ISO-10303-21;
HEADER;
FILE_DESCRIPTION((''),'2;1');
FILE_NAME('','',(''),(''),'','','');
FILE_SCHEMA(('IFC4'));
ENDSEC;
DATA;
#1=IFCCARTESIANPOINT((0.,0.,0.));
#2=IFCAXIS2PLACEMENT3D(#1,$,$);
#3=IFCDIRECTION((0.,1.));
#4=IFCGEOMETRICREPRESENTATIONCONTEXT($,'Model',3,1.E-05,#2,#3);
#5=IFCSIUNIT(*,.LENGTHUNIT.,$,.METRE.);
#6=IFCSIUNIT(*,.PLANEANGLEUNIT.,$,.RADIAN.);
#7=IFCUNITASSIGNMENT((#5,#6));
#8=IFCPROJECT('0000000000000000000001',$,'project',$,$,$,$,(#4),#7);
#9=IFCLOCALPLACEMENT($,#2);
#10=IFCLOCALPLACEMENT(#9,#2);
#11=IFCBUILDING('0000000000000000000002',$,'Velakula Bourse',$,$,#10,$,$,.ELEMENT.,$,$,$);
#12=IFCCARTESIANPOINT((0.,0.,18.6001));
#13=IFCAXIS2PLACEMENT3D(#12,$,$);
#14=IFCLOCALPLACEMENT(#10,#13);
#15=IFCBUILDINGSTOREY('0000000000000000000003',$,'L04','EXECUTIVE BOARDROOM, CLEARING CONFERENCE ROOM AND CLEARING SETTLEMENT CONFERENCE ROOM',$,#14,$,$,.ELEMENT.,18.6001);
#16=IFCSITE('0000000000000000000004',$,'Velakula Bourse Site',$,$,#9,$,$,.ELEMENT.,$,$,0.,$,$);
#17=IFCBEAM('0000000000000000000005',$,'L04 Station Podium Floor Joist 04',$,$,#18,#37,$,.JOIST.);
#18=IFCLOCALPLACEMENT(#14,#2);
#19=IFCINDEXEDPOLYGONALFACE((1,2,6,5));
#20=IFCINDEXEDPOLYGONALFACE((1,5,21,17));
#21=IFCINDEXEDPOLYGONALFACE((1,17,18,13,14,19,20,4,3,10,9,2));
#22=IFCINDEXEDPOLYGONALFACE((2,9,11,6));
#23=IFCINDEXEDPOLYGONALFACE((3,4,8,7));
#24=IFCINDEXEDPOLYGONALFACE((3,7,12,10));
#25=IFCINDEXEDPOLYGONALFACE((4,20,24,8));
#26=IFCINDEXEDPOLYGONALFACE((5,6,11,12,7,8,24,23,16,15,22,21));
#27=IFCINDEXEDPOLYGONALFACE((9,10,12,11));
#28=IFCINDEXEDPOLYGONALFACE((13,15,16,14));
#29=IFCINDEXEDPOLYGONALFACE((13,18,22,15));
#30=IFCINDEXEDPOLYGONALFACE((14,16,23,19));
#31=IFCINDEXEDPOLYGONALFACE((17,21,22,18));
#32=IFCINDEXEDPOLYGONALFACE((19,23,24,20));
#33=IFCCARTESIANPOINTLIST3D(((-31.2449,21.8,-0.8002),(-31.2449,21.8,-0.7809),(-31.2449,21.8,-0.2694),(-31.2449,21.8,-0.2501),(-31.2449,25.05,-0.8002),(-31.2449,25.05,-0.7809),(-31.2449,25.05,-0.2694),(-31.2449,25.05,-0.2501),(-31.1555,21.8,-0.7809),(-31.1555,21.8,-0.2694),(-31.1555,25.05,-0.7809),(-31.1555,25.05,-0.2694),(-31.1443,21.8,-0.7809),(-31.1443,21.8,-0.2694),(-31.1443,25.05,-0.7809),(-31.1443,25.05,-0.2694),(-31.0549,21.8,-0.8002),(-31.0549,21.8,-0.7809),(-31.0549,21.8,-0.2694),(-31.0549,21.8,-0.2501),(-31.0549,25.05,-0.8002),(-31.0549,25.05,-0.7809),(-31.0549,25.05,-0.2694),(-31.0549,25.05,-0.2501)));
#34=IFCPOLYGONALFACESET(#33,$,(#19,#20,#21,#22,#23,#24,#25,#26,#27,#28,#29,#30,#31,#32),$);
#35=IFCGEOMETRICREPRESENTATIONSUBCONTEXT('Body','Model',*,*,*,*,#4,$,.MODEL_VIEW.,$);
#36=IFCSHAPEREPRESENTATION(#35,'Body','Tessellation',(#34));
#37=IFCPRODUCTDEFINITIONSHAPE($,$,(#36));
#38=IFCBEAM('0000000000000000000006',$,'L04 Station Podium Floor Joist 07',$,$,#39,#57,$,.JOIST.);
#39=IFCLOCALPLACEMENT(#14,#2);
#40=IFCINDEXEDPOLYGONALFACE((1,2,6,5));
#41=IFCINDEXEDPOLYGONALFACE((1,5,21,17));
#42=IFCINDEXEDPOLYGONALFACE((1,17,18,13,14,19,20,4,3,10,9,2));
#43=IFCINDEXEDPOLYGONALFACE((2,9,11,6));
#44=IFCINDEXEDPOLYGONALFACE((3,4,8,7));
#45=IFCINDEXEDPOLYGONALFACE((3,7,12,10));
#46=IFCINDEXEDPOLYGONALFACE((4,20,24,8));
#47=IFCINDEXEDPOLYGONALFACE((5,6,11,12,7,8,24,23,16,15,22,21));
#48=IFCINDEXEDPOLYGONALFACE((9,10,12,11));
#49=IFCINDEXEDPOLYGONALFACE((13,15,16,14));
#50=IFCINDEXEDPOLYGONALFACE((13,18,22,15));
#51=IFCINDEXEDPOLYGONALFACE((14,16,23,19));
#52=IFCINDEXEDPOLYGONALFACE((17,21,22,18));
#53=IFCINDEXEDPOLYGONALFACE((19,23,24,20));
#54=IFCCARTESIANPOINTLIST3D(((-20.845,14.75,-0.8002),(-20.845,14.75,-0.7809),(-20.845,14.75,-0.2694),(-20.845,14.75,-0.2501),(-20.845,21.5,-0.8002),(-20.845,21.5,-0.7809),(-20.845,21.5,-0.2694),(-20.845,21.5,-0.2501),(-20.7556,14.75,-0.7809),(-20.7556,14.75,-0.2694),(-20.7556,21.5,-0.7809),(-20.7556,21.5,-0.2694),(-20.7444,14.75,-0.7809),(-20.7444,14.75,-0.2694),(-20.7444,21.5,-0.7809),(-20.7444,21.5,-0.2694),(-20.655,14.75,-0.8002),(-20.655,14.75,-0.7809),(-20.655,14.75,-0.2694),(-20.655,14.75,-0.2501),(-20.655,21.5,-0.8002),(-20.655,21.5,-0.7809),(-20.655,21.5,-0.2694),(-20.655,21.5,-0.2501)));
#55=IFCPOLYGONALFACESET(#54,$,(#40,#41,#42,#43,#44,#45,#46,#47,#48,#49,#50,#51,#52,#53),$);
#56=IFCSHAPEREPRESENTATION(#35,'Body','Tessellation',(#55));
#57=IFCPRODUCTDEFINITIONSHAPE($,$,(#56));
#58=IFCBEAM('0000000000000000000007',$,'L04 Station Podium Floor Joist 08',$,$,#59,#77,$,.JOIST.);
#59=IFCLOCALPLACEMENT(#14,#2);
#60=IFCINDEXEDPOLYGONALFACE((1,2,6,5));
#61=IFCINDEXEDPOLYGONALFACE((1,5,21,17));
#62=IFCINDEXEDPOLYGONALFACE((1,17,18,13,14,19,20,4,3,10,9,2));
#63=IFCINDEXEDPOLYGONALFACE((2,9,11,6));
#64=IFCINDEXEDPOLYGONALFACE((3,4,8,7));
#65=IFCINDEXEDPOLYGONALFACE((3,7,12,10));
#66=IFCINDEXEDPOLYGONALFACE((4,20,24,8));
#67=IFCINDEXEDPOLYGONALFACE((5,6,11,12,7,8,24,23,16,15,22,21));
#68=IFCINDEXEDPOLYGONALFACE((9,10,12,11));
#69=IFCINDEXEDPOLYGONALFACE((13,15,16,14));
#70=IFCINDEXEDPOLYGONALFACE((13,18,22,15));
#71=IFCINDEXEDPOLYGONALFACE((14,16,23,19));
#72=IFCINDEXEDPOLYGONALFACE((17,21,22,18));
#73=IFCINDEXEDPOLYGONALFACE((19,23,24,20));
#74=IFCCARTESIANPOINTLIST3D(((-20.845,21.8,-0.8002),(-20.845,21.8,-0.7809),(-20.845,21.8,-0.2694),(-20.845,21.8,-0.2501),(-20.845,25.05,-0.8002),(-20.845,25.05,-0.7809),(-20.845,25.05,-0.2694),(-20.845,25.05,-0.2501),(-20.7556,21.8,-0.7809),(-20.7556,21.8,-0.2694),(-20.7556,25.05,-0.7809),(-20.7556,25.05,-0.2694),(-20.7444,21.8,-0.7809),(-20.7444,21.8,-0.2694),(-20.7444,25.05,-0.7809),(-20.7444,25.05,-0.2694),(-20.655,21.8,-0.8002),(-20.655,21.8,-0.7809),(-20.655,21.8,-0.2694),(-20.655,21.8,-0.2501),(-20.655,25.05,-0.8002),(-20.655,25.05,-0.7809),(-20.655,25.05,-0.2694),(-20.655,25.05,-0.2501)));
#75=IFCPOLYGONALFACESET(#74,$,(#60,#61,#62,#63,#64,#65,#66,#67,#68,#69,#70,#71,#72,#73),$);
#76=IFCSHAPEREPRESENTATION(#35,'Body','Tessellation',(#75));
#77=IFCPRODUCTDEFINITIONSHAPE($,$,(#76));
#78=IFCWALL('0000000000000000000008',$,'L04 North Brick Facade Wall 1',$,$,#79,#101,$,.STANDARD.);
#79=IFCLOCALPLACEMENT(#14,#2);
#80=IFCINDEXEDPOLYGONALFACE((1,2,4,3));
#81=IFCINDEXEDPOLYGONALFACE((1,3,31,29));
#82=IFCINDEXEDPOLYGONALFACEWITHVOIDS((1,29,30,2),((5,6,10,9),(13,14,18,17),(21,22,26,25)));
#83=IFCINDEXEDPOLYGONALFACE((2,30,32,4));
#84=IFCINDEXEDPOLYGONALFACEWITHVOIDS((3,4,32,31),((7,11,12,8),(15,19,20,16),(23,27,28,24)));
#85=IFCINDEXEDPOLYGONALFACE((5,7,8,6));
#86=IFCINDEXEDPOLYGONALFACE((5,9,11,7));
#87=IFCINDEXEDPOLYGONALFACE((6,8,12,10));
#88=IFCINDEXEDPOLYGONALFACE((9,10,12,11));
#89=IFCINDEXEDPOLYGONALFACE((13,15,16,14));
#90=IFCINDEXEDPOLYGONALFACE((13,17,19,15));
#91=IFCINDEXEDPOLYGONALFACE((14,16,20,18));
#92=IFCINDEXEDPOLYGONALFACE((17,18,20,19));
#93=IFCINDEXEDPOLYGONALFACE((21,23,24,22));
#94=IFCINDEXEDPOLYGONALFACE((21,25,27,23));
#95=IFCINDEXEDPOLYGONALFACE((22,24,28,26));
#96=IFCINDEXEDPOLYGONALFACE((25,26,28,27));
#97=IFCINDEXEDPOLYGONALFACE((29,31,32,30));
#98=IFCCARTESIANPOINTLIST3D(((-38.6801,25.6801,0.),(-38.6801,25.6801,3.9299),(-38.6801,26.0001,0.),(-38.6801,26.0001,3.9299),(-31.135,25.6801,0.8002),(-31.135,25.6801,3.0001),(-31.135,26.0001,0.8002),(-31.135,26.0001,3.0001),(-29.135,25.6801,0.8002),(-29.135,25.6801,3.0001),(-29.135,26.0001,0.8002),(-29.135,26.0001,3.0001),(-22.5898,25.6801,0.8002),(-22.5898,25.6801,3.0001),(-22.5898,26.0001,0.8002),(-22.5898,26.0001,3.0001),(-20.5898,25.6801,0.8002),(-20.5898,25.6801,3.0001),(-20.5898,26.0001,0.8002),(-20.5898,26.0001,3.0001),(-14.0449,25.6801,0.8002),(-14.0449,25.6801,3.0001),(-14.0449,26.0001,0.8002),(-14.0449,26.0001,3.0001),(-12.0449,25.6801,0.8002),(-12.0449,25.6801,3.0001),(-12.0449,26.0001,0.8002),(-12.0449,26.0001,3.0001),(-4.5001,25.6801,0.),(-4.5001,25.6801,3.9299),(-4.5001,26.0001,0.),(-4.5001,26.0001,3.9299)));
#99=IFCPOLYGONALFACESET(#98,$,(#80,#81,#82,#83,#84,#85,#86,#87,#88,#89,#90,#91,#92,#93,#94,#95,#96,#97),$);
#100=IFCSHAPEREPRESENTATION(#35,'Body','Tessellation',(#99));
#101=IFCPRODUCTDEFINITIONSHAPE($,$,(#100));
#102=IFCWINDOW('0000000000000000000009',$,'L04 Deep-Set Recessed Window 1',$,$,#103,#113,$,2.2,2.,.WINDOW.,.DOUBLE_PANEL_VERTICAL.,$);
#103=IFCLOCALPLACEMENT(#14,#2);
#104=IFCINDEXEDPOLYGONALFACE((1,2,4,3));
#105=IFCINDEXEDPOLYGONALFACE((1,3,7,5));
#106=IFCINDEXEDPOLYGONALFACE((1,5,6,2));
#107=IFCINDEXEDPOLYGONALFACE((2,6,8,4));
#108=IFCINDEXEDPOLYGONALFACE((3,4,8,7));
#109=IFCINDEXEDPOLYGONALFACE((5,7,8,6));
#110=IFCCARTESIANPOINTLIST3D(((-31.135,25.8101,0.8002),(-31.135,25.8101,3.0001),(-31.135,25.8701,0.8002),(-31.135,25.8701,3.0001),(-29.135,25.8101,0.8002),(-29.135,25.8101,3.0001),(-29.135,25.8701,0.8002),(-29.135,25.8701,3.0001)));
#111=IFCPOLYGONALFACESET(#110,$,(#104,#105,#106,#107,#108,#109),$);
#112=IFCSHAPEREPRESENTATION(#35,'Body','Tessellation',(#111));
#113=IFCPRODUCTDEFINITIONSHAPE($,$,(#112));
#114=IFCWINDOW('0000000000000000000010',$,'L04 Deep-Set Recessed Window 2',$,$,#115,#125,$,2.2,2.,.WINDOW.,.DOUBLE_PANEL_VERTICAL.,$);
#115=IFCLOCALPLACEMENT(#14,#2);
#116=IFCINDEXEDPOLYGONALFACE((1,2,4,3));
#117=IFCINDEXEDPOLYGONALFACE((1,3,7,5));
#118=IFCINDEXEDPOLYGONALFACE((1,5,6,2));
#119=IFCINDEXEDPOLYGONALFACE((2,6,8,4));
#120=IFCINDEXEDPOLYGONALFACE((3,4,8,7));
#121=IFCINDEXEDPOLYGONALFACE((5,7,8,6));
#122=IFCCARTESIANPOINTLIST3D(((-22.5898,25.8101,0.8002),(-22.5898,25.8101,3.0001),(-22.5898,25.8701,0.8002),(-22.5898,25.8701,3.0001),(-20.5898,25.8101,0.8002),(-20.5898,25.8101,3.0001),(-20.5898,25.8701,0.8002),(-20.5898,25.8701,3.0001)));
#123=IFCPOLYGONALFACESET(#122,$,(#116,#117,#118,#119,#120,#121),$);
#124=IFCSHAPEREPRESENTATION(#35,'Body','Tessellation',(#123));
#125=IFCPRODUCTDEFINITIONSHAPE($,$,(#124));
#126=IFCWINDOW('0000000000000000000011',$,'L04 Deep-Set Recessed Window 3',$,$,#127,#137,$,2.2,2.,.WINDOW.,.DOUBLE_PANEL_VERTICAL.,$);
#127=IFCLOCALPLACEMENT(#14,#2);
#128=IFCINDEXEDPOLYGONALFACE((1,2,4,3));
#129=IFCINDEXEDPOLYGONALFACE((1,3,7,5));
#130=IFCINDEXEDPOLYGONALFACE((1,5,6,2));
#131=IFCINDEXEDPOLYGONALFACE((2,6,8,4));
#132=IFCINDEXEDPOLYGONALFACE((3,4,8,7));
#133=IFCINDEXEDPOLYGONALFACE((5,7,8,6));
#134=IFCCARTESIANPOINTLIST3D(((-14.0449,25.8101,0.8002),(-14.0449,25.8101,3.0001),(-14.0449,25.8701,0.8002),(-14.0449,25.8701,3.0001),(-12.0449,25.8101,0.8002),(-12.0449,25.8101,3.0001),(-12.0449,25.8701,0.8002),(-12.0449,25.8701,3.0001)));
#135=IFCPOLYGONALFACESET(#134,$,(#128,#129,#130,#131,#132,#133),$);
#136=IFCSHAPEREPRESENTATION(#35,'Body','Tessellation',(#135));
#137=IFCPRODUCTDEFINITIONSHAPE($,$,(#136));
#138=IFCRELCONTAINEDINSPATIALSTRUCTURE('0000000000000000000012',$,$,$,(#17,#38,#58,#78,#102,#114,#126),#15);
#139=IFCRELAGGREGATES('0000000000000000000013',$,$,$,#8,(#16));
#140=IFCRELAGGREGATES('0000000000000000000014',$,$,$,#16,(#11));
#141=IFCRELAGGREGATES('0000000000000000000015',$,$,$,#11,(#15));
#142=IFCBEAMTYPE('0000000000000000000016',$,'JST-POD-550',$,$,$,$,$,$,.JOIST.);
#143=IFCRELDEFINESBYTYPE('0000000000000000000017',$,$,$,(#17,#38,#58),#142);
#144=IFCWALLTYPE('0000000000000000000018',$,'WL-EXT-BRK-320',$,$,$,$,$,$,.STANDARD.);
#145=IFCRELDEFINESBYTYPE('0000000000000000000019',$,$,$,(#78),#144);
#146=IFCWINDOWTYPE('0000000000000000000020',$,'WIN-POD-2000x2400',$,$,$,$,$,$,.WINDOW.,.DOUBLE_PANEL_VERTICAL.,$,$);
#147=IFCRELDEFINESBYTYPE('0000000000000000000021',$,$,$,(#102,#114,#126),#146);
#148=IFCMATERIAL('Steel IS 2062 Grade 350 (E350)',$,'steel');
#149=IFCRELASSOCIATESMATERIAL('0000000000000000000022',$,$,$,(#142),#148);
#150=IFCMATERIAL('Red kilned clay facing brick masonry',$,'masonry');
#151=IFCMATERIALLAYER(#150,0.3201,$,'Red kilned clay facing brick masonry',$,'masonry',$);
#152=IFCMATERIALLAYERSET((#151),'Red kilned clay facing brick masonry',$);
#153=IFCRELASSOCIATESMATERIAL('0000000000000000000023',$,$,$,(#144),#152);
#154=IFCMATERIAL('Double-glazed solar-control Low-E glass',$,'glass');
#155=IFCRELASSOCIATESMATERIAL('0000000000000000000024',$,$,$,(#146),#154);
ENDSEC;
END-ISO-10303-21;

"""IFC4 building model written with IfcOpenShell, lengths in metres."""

from ifc_helpers import new_model, si_unit, direction, frame, frame_2d, origin, origin_2d, place, context, subcontext, project, spatial, rectangle, i_section, extrude, material, layer, layer_set, material_profile, profile_set, type_object, element, fill, save


model = new_model("IFC4")

# Units and contexts
model_context = context("Model", 3, precision=1e-05, world=origin(), true_north=direction((0.0, 1.0)))
body_context = subcontext(model_context, "Body", "Model", "MODEL_VIEW")
ifc_project = project(units=[si_unit("LENGTHUNIT", "METRE"), si_unit("PLANEANGLEUNIT", "RADIAN")], contexts=[model_context])

# Site, building, storey
site_placement = place(None, origin())
site = spatial("IfcSite", under=ifc_project, at=site_placement, Name="Velakula Bourse Site", CompositionType="ELEMENT", RefElevation=0.0)
building_placement = place(site_placement, origin())
building = spatial("IfcBuilding", under=site, at=building_placement, Name="Velakula Bourse", CompositionType="ELEMENT")
storey_placement = place(building_placement, frame((0.0, 0.0, 18.6001)))
storey = spatial("IfcBuildingStorey", under=building, at=storey_placement, Name="L04", Description="EXECUTIVE BOARDROOM, CLEARING CONFERENCE ROOM AND CLEARING SETTLEMENT CONFERENCE ROOM", CompositionType="ELEMENT", Elevation=18.6001)

# Beams
ifc_material_1 = material(Name="Steel IS 2062 Grade 350 (E350)", Category="steel")
ifc_material_profile_1 = material_profile(ifc_material_1, i_section(OverallWidth=0.1899, OverallDepth=0.55, WebThickness=0.0112, FlangeThickness=0.0193, at=origin_2d()), Name="Steel IS 2062 Grade 350 (E350)")
ifc_profile_set_1 = profile_set([ifc_material_profile_1], Name="Steel IS 2062 Grade 350 (E350)")
beam_type_1 = type_object("IfcBeamType", Name="JST-POD-550", PredefinedType="JOIST", material=ifc_profile_set_1)
beam_1_placement = place(storey_placement, frame((-31.1499, 21.8, -0.5251), z_axis=(0.0, 1.0, 0.0), x_axis=(-1.0, 0.0, 0.0)))
element("IfcBeam", 1, at=beam_1_placement, inside=storey, type_object=beam_type_1, Name="L04 Station Podium Floor Joist 04", PredefinedType="JOIST", context=body_context, shape_type="SweptSolid", body=[
    extrude(i_section(OverallWidth=0.1899, OverallDepth=0.55, WebThickness=0.0112, FlangeThickness=0.0193, at=origin_2d()), origin(), (0.0, 0.0, 1.0), 3.25),
])
beam_2_placement = place(storey_placement, frame((-20.75, 14.75, -0.5251), z_axis=(0.0, 1.0, 0.0), x_axis=(-1.0, 0.0, 0.0)))
element("IfcBeam", 2, at=beam_2_placement, inside=storey, type_object=beam_type_1, Name="L04 Station Podium Floor Joist 07", PredefinedType="JOIST", context=body_context, shape_type="SweptSolid", body=[
    extrude(i_section(OverallWidth=0.1899, OverallDepth=0.55, WebThickness=0.0112, FlangeThickness=0.0193, at=origin_2d()), origin(), (0.0, 0.0, 1.0), 6.75),
])
beam_3_placement = place(storey_placement, frame((-20.75, 21.8, -0.5251), z_axis=(0.0, 1.0, 0.0), x_axis=(-1.0, 0.0, 0.0)))
element("IfcBeam", 3, at=beam_3_placement, inside=storey, type_object=beam_type_1, Name="L04 Station Podium Floor Joist 08", PredefinedType="JOIST", context=body_context, shape_type="SweptSolid", body=[
    extrude(i_section(OverallWidth=0.1899, OverallDepth=0.55, WebThickness=0.0112, FlangeThickness=0.0193, at=origin_2d()), origin(), (0.0, 0.0, 1.0), 3.25),
])

# Wall, openings, windows
ifc_material_2 = material(Name="Red kilned clay facing brick masonry", Category="masonry")
ifc_layer = layer(ifc_material_2, 0.3201, Name="Red kilned clay facing brick masonry", Category="masonry")
ifc_layer_set = layer_set([ifc_layer], Name="Red kilned clay facing brick masonry")
wall_type = type_object("IfcWallType", Name="WL-EXT-BRK-320", PredefinedType="STANDARD", material=ifc_layer_set)
wall_placement = place(storey_placement, frame((-38.6799, 25.8401, 0.0), z_axis=(0.0, 0.0, 1.0), x_axis=(1.0, 0.0, 0.0)))
wall = element("IfcWall", 4, at=wall_placement, inside=storey, type_object=wall_type, Name="L04 North Brick Facade Wall 1", PredefinedType="STANDARD", context=body_context, shape_type="SweptSolid", body=[
    extrude(rectangle(XDim=34.1799, YDim=0.3201, at=frame_2d((17.0898, 0.0))), origin(), (0.0, 0.0, 1.0), 3.9299),
])
opening_1_placement = place(wall_placement, frame((7.5449, 0.0, 0.8)))
opening_1 = element("IfcOpeningElement", 5, at=opening_1_placement, cuts=wall, PredefinedType="OPENING", context=body_context, shape_type="SweptSolid", body=[
    extrude(rectangle(XDim=2.0, YDim=2.2, at=frame_2d((1.0, 1.1001))), frame((0.0, 0.1699, 0.0), z_axis=(0.0, -1.0, 0.0), x_axis=(1.0, 0.0, 0.0)), (0.0, 0.0, 1.0), 0.3401),
])
opening_2_placement = place(wall_placement, frame((16.0901, 0.0, 0.8)))
opening_2 = element("IfcOpeningElement", 6, at=opening_2_placement, cuts=wall, PredefinedType="OPENING", context=body_context, shape_type="SweptSolid", body=[
    extrude(rectangle(XDim=2.0, YDim=2.2, at=frame_2d((1.0, 1.1001))), frame((0.0, 0.1699, 0.0), z_axis=(0.0, -1.0, 0.0), x_axis=(1.0, 0.0, 0.0)), (0.0, 0.0, 1.0), 0.3401),
])
opening_3_placement = place(wall_placement, frame((24.635, 0.0, 0.8)))
opening_3 = element("IfcOpeningElement", 7, at=opening_3_placement, cuts=wall, PredefinedType="OPENING", context=body_context, shape_type="SweptSolid", body=[
    extrude(rectangle(XDim=2.0, YDim=2.2, at=frame_2d((1.0, 1.1001))), frame((0.0, 0.1699, 0.0), z_axis=(0.0, -1.0, 0.0), x_axis=(1.0, 0.0, 0.0)), (0.0, 0.0, 1.0), 0.3401),
])
ifc_material_3 = material(Name="Double-glazed solar-control Low-E glass", Category="glass")
window_type = type_object("IfcWindowType", Name="WIN-POD-2000x2400", PartitioningType="DOUBLE_PANEL_VERTICAL", PredefinedType="WINDOW", material=ifc_material_3)
window_1_placement = place(opening_1_placement, origin())
window_1 = element("IfcWindow", 8, at=window_1_placement, inside=storey, type_object=window_type, Name="L04 Deep-Set Recessed Window 1", OverallHeight=2.2, OverallWidth=2.0, PartitioningType="DOUBLE_PANEL_VERTICAL", PredefinedType="WINDOW", context=body_context, shape_type="SweptSolid", body=[
    extrude(rectangle(XDim=2.0, YDim=2.2, at=frame_2d((1.0, 1.1001))), frame((0.0, 0.03, 0.0), z_axis=(0.0, -1.0, 0.0), x_axis=(1.0, 0.0, 0.0)), (0.0, 0.0, 1.0), 0.0601),
])
fill(opening_1, window_1)
window_2_placement = place(opening_2_placement, origin())
window_2 = element("IfcWindow", 9, at=window_2_placement, inside=storey, type_object=window_type, Name="L04 Deep-Set Recessed Window 2", OverallHeight=2.2, OverallWidth=2.0, PartitioningType="DOUBLE_PANEL_VERTICAL", PredefinedType="WINDOW", context=body_context, shape_type="SweptSolid", body=[
    extrude(rectangle(XDim=2.0, YDim=2.2, at=frame_2d((1.0, 1.1001))), frame((0.0, 0.03, 0.0), z_axis=(0.0, -1.0, 0.0), x_axis=(1.0, 0.0, 0.0)), (0.0, 0.0, 1.0), 0.0601),
])
fill(opening_2, window_2)
window_3_placement = place(opening_3_placement, origin())
window_3 = element("IfcWindow", 10, at=window_3_placement, inside=storey, type_object=window_type, Name="L04 Deep-Set Recessed Window 3", OverallHeight=2.2, OverallWidth=2.0, PartitioningType="DOUBLE_PANEL_VERTICAL", PredefinedType="WINDOW", context=body_context, shape_type="SweptSolid", body=[
    extrude(rectangle(XDim=2.0, YDim=2.2, at=frame_2d((1.0, 1.1001))), frame((0.0, 0.03, 0.0), z_axis=(0.0, -1.0, 0.0), x_axis=(1.0, 0.0, 0.0)), (0.0, 0.0, 1.0), 0.0601),
])
fill(opening_3, window_3)

save(model, "model.ifc")
